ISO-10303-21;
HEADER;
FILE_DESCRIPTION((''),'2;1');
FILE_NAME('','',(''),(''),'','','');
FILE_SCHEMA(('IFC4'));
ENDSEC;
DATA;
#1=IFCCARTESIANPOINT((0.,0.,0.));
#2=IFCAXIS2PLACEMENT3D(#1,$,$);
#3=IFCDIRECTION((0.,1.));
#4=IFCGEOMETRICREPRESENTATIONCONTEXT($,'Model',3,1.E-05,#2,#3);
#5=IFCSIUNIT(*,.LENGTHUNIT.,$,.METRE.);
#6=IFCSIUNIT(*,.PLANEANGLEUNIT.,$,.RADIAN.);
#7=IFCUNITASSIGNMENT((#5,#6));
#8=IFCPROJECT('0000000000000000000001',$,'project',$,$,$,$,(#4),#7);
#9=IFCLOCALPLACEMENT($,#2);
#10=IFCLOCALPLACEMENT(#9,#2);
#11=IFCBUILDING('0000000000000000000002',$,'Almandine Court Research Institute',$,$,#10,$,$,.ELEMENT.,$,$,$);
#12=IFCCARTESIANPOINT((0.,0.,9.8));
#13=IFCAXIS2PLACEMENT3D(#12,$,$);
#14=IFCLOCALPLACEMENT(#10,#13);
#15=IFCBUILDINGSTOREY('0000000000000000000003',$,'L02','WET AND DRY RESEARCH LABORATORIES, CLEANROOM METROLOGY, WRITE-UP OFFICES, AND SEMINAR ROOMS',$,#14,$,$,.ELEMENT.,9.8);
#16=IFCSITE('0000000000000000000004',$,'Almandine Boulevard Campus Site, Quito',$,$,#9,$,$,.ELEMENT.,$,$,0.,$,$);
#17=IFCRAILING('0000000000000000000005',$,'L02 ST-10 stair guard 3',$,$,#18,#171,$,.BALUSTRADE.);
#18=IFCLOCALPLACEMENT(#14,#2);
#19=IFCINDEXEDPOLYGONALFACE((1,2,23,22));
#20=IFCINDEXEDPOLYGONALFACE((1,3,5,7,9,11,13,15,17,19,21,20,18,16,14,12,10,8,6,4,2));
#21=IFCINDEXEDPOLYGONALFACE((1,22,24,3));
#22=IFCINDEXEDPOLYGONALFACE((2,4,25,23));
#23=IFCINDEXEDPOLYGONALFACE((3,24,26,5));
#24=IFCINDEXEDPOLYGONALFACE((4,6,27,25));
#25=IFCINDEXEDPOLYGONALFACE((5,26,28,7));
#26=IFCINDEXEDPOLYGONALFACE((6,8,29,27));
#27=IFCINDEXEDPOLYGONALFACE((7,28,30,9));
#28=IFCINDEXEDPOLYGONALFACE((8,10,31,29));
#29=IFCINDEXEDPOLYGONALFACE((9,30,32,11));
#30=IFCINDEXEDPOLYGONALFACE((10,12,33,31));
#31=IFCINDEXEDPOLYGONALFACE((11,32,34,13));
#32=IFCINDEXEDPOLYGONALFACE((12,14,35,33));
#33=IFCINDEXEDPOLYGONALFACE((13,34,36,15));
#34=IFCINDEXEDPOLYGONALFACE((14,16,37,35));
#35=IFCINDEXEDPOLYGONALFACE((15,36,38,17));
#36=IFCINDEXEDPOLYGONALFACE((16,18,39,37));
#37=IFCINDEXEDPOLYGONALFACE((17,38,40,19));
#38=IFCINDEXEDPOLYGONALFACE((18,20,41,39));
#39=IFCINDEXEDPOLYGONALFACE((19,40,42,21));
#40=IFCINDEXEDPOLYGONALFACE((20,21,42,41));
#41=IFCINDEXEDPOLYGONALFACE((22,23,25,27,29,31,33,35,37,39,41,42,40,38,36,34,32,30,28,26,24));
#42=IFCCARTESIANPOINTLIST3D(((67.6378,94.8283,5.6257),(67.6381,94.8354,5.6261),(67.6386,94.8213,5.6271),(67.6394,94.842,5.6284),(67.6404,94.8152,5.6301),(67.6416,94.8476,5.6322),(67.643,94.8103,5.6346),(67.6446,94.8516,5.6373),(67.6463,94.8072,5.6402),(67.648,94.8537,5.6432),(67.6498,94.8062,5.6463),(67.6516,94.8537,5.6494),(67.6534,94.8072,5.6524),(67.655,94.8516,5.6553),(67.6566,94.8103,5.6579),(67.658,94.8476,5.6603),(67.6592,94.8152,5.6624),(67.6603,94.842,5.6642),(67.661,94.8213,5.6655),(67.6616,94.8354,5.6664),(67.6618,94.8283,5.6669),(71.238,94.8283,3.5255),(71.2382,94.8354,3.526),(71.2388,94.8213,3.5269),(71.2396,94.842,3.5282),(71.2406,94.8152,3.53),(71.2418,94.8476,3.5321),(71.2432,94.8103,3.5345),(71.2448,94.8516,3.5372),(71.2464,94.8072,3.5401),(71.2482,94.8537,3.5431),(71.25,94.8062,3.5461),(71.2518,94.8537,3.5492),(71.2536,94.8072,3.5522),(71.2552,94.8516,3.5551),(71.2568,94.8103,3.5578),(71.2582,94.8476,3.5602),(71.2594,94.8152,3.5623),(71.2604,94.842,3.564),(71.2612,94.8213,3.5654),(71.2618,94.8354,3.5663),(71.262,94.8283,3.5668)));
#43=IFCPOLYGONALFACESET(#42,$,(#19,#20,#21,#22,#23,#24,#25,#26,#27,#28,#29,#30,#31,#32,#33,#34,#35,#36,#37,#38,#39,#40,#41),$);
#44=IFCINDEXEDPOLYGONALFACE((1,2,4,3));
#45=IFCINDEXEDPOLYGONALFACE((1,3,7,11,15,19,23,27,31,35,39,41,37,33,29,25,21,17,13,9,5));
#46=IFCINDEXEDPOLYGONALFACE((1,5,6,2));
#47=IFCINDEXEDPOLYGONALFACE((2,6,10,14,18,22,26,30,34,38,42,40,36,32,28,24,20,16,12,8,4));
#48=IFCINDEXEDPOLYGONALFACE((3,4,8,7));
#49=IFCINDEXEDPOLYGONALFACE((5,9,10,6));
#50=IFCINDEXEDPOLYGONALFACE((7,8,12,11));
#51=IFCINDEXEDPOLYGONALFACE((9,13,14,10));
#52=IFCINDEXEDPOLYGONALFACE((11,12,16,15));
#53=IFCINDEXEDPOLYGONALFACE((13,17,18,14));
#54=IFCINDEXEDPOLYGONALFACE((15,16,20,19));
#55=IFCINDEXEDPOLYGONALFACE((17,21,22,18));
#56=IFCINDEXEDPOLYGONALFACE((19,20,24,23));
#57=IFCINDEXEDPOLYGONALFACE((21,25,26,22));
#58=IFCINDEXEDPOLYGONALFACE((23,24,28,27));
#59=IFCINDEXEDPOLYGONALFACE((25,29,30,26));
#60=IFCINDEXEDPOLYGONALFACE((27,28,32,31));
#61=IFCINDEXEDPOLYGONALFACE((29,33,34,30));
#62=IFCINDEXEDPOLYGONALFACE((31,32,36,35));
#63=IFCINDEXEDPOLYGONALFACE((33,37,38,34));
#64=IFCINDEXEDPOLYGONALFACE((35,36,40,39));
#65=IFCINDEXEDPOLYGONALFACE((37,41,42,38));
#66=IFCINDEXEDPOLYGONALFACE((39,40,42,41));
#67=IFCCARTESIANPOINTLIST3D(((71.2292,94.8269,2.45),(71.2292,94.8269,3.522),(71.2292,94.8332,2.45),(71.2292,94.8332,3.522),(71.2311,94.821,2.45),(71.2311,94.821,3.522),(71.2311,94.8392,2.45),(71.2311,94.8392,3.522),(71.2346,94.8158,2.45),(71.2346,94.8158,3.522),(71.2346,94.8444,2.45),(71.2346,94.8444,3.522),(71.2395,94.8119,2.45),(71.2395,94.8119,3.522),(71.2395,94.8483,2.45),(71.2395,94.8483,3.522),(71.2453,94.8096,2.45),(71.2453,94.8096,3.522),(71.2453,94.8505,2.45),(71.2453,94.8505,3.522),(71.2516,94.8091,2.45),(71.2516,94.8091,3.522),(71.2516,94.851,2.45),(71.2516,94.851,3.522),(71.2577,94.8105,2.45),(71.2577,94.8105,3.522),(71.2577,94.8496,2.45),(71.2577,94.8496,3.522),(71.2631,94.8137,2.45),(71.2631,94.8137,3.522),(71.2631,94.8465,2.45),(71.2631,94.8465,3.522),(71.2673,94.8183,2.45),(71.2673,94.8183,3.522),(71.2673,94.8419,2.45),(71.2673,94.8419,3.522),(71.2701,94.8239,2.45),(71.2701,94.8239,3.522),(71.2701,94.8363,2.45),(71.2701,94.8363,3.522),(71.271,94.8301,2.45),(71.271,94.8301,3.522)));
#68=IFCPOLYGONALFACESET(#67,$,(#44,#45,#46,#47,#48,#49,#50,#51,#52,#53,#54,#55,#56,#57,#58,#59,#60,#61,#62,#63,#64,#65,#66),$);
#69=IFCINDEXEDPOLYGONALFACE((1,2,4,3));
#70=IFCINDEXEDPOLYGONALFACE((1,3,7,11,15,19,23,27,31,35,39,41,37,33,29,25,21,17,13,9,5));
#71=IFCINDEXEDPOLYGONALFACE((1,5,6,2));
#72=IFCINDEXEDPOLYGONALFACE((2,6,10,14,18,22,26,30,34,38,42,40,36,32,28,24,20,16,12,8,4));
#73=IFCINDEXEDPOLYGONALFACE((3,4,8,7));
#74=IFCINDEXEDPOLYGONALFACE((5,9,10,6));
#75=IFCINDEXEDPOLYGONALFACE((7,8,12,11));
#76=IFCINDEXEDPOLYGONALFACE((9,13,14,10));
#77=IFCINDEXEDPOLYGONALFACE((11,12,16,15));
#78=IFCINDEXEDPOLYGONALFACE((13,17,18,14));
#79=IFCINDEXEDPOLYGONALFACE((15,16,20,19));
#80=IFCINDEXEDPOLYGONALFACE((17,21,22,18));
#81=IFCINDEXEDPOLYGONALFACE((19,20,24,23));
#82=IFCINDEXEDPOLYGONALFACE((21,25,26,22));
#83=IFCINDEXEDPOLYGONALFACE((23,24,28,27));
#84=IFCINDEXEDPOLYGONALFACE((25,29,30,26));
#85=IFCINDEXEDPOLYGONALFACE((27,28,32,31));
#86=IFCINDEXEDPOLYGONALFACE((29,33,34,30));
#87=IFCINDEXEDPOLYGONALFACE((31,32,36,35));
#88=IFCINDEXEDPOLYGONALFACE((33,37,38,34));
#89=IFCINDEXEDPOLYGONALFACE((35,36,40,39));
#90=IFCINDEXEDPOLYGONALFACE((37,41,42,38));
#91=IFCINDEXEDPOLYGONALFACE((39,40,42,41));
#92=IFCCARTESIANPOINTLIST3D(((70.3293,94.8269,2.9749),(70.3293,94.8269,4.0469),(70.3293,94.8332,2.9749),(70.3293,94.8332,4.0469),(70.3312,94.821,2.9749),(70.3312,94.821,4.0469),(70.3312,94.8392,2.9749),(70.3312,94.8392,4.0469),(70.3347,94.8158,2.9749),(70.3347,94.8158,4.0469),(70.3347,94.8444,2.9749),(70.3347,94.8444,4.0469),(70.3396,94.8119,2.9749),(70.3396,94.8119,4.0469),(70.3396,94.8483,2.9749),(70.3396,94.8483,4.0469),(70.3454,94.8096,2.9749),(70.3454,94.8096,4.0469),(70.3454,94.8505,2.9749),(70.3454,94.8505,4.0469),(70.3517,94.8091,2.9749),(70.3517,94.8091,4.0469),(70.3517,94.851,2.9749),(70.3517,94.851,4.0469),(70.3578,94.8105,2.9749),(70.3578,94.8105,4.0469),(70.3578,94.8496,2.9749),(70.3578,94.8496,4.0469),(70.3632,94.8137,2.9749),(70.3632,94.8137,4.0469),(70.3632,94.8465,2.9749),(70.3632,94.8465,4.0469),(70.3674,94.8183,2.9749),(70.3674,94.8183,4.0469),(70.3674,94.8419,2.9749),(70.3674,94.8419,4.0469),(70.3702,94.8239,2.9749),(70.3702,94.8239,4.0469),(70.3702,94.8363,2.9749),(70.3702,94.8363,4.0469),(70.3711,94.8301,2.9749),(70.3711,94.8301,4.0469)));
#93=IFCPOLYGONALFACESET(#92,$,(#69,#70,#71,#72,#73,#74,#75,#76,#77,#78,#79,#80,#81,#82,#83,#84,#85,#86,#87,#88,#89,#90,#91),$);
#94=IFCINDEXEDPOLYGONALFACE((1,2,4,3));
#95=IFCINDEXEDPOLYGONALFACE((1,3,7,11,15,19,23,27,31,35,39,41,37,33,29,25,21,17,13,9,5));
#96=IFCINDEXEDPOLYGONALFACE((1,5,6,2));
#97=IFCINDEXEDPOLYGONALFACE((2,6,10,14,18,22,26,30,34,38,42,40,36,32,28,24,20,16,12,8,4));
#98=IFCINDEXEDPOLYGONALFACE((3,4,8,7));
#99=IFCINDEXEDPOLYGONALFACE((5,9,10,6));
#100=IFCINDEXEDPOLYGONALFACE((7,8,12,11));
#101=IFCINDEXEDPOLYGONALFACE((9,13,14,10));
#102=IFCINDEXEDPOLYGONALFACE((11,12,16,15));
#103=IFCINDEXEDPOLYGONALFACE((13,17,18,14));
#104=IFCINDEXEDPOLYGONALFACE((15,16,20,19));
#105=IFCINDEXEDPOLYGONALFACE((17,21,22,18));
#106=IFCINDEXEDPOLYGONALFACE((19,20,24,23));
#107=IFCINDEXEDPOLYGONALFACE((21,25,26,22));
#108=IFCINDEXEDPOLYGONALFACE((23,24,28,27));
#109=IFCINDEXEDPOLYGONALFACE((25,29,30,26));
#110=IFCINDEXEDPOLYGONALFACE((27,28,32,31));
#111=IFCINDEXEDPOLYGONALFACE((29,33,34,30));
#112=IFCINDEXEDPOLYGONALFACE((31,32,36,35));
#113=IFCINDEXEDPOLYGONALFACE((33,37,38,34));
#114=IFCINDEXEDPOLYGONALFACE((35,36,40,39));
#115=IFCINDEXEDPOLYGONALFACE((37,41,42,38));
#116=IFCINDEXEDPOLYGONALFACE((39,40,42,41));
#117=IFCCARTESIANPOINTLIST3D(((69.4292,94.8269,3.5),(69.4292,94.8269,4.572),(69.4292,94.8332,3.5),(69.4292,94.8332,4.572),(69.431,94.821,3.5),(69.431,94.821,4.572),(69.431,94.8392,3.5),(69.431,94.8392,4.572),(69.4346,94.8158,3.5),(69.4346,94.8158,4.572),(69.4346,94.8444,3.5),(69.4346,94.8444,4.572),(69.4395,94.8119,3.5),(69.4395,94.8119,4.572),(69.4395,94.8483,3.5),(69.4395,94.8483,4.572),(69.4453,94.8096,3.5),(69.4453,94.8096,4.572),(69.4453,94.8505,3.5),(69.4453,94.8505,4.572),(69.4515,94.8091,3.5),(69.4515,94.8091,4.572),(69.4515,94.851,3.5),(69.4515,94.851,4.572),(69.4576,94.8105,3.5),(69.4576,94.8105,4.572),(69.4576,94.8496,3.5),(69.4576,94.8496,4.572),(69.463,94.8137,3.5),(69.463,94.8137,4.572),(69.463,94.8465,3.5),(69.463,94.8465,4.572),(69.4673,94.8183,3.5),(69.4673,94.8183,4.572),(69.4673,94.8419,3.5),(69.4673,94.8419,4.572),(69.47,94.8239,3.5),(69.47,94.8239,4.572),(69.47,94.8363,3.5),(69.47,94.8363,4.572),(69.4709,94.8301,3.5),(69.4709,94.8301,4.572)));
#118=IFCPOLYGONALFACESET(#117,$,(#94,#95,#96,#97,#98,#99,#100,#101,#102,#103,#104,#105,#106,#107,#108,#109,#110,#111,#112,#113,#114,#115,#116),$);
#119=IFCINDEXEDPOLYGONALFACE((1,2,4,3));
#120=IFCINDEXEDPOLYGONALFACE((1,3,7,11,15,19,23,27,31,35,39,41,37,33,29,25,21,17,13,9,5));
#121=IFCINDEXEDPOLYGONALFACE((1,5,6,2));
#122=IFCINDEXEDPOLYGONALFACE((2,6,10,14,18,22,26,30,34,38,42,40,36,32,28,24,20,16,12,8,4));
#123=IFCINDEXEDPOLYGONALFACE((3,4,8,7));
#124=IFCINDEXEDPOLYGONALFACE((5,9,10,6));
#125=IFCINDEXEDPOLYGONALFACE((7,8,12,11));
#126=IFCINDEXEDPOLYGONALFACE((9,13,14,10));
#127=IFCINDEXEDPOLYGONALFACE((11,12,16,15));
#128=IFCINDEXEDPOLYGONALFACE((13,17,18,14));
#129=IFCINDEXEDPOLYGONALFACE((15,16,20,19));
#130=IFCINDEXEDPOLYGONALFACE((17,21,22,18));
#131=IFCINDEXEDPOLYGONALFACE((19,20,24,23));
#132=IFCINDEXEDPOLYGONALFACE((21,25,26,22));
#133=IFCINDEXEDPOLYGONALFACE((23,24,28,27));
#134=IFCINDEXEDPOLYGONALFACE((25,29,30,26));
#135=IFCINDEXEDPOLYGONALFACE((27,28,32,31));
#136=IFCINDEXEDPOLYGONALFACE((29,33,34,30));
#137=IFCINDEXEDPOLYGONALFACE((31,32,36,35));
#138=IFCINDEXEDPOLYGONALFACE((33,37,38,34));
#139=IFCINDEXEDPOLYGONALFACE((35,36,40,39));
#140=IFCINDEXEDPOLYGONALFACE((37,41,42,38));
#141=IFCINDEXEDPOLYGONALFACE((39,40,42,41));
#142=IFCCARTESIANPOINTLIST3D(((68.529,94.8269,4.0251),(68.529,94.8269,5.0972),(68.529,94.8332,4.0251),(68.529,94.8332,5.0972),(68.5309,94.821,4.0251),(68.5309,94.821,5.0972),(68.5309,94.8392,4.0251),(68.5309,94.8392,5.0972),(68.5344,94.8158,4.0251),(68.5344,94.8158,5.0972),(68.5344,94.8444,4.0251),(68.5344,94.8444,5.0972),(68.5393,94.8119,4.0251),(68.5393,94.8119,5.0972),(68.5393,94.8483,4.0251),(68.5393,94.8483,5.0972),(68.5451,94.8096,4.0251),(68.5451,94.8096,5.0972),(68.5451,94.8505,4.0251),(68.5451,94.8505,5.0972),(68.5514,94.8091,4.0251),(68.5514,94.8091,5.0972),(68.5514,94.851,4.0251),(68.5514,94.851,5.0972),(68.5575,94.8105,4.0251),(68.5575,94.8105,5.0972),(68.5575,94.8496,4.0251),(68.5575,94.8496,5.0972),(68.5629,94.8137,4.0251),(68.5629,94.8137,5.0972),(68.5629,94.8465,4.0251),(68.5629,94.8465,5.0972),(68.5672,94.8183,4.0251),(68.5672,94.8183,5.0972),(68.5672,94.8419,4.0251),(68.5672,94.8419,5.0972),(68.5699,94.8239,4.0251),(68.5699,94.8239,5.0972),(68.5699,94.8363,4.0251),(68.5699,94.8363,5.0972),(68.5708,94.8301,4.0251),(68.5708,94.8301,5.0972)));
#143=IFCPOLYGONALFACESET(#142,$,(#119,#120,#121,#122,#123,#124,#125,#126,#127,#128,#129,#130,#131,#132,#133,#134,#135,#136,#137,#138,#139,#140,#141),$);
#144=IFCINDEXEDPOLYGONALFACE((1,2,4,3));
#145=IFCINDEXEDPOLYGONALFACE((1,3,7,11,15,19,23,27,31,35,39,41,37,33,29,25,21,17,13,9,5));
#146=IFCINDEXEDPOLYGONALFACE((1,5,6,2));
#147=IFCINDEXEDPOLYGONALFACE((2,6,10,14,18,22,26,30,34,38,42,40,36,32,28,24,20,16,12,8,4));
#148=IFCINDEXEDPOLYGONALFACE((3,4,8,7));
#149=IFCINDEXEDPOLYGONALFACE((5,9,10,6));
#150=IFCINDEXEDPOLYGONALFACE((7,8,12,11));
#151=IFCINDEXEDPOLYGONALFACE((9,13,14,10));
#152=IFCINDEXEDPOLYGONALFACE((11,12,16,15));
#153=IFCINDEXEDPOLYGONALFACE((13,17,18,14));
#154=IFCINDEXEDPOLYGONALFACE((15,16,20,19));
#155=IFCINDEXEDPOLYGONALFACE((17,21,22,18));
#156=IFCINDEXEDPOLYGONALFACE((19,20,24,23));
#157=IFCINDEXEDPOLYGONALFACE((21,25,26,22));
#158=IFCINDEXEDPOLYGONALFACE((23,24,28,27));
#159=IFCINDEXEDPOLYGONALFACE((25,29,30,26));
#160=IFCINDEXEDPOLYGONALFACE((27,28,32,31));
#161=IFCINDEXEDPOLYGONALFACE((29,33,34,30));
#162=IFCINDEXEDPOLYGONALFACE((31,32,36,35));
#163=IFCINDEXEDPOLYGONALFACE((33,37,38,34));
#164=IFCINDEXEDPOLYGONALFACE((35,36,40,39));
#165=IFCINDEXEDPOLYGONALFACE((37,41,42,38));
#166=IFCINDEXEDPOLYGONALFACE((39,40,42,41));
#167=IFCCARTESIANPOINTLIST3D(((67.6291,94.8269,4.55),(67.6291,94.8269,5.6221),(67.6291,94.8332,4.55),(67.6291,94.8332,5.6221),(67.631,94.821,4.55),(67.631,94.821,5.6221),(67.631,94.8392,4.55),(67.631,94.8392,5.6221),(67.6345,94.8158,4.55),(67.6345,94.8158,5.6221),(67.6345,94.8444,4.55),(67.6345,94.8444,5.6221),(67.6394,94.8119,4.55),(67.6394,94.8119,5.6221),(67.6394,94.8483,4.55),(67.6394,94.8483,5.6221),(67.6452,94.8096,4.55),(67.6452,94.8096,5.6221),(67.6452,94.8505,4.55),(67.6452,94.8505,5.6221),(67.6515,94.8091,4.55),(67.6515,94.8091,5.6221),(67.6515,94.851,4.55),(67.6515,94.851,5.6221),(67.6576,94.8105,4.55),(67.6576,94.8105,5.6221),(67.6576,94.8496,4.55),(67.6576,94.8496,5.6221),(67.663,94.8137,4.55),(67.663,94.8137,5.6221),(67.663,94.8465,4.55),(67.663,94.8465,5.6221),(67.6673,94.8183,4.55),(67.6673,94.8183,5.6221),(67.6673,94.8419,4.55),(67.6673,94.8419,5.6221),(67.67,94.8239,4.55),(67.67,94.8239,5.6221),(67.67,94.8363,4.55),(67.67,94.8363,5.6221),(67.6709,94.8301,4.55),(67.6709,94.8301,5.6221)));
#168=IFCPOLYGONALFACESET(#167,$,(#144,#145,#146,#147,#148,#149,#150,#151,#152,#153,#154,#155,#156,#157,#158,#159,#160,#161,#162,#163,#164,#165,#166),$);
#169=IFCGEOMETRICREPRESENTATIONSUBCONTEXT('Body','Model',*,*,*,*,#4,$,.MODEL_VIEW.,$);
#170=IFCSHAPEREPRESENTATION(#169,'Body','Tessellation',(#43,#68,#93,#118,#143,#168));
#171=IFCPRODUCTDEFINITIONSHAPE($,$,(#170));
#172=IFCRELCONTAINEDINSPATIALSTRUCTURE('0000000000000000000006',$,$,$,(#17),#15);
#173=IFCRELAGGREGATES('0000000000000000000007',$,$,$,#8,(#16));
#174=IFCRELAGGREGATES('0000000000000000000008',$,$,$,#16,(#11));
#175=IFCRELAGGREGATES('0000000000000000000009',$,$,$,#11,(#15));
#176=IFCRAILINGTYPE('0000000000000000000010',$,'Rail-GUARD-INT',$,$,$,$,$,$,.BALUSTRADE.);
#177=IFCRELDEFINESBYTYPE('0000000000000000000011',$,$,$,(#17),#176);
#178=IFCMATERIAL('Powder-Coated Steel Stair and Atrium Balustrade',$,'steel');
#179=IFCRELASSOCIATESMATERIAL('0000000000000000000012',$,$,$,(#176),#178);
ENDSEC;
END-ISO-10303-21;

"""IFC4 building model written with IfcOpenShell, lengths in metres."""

from ifc_helpers import new_model, si_unit, direction, frame, origin, origin_2d, place, context, subcontext, project, spatial, circle, extrude, material, type_object, element, save


model = new_model("IFC4")

# Units and contexts
model_context = context("Model", 3, precision=1e-05, world=origin(), true_north=direction((0.0, 1.0)))
body_context = subcontext(model_context, "Body", "Model", "MODEL_VIEW")
ifc_project = project(units=[si_unit("LENGTHUNIT", "METRE"), si_unit("PLANEANGLEUNIT", "RADIAN")], contexts=[model_context])

# Site, building, storey
site_placement = place(None, origin())
site = spatial("IfcSite", under=ifc_project, at=site_placement, Name="Almandine Boulevard Campus Site, Quito", CompositionType="ELEMENT", RefElevation=0.0)
building_placement = place(site_placement, origin())
building = spatial("IfcBuilding", under=site, at=building_placement, Name="Almandine Court Research Institute", CompositionType="ELEMENT")
storey_placement = place(building_placement, frame((0.0, 0.0, 9.8)))
storey = spatial("IfcBuildingStorey", under=building, at=storey_placement, Name="L02", Description="WET AND DRY RESEARCH LABORATORIES, CLEANROOM METROLOGY, WRITE-UP OFFICES, AND SEMINAR ROOMS", CompositionType="ELEMENT", Elevation=9.8)

# Railing
ifc_material_1 = material(Name="Powder-Coated Steel Stair and Atrium Balustrade", Category="steel")
railing_type_1 = type_object("IfcRailingType", Name="Rail-GUARD-INT", PredefinedType="BALUSTRADE", material=ifc_material_1)
railing_1_placement = place(storey_placement, frame((71.25, 94.8301, 2.45)))
element("IfcRailing", 1, at=railing_1_placement, inside=storey, type_object=railing_type_1, Name="L02 ST-10 stair guard 3", PredefinedType="BALUSTRADE", context=body_context, shape_type="SweptSolid", body=[
    extrude(circle(Radius=0.0239, at=origin_2d()), frame((0.0, 0.0, 1.0962), z_axis=(-0.863775, 0.0, 0.503878), x_axis=(0.0, -1.0, 0.0)), (0.0, 0.0, 1.0), 4.168),
    extrude(circle(Radius=0.021, at=origin_2d()), origin(), (0.0, 0.0, 1.0), 1.072),
    extrude(circle(Radius=0.021, at=origin_2d()), frame((-0.8999, 0.0, 0.5249)), (0.0, 0.0, 1.0), 1.072),
    extrude(circle(Radius=0.021, at=origin_2d()), frame((-1.8, 0.0, 1.05)), (0.0, 0.0, 1.0), 1.072),
    extrude(circle(Radius=0.021, at=origin_2d()), frame((-2.7002, 0.0, 1.5752)), (0.0, 0.0, 1.0), 1.072),
    extrude(circle(Radius=0.021, at=origin_2d()), frame((-3.6001, 0.0, 2.1001)), (0.0, 0.0, 1.0), 1.072),
])

save(model, "model.ifc")
